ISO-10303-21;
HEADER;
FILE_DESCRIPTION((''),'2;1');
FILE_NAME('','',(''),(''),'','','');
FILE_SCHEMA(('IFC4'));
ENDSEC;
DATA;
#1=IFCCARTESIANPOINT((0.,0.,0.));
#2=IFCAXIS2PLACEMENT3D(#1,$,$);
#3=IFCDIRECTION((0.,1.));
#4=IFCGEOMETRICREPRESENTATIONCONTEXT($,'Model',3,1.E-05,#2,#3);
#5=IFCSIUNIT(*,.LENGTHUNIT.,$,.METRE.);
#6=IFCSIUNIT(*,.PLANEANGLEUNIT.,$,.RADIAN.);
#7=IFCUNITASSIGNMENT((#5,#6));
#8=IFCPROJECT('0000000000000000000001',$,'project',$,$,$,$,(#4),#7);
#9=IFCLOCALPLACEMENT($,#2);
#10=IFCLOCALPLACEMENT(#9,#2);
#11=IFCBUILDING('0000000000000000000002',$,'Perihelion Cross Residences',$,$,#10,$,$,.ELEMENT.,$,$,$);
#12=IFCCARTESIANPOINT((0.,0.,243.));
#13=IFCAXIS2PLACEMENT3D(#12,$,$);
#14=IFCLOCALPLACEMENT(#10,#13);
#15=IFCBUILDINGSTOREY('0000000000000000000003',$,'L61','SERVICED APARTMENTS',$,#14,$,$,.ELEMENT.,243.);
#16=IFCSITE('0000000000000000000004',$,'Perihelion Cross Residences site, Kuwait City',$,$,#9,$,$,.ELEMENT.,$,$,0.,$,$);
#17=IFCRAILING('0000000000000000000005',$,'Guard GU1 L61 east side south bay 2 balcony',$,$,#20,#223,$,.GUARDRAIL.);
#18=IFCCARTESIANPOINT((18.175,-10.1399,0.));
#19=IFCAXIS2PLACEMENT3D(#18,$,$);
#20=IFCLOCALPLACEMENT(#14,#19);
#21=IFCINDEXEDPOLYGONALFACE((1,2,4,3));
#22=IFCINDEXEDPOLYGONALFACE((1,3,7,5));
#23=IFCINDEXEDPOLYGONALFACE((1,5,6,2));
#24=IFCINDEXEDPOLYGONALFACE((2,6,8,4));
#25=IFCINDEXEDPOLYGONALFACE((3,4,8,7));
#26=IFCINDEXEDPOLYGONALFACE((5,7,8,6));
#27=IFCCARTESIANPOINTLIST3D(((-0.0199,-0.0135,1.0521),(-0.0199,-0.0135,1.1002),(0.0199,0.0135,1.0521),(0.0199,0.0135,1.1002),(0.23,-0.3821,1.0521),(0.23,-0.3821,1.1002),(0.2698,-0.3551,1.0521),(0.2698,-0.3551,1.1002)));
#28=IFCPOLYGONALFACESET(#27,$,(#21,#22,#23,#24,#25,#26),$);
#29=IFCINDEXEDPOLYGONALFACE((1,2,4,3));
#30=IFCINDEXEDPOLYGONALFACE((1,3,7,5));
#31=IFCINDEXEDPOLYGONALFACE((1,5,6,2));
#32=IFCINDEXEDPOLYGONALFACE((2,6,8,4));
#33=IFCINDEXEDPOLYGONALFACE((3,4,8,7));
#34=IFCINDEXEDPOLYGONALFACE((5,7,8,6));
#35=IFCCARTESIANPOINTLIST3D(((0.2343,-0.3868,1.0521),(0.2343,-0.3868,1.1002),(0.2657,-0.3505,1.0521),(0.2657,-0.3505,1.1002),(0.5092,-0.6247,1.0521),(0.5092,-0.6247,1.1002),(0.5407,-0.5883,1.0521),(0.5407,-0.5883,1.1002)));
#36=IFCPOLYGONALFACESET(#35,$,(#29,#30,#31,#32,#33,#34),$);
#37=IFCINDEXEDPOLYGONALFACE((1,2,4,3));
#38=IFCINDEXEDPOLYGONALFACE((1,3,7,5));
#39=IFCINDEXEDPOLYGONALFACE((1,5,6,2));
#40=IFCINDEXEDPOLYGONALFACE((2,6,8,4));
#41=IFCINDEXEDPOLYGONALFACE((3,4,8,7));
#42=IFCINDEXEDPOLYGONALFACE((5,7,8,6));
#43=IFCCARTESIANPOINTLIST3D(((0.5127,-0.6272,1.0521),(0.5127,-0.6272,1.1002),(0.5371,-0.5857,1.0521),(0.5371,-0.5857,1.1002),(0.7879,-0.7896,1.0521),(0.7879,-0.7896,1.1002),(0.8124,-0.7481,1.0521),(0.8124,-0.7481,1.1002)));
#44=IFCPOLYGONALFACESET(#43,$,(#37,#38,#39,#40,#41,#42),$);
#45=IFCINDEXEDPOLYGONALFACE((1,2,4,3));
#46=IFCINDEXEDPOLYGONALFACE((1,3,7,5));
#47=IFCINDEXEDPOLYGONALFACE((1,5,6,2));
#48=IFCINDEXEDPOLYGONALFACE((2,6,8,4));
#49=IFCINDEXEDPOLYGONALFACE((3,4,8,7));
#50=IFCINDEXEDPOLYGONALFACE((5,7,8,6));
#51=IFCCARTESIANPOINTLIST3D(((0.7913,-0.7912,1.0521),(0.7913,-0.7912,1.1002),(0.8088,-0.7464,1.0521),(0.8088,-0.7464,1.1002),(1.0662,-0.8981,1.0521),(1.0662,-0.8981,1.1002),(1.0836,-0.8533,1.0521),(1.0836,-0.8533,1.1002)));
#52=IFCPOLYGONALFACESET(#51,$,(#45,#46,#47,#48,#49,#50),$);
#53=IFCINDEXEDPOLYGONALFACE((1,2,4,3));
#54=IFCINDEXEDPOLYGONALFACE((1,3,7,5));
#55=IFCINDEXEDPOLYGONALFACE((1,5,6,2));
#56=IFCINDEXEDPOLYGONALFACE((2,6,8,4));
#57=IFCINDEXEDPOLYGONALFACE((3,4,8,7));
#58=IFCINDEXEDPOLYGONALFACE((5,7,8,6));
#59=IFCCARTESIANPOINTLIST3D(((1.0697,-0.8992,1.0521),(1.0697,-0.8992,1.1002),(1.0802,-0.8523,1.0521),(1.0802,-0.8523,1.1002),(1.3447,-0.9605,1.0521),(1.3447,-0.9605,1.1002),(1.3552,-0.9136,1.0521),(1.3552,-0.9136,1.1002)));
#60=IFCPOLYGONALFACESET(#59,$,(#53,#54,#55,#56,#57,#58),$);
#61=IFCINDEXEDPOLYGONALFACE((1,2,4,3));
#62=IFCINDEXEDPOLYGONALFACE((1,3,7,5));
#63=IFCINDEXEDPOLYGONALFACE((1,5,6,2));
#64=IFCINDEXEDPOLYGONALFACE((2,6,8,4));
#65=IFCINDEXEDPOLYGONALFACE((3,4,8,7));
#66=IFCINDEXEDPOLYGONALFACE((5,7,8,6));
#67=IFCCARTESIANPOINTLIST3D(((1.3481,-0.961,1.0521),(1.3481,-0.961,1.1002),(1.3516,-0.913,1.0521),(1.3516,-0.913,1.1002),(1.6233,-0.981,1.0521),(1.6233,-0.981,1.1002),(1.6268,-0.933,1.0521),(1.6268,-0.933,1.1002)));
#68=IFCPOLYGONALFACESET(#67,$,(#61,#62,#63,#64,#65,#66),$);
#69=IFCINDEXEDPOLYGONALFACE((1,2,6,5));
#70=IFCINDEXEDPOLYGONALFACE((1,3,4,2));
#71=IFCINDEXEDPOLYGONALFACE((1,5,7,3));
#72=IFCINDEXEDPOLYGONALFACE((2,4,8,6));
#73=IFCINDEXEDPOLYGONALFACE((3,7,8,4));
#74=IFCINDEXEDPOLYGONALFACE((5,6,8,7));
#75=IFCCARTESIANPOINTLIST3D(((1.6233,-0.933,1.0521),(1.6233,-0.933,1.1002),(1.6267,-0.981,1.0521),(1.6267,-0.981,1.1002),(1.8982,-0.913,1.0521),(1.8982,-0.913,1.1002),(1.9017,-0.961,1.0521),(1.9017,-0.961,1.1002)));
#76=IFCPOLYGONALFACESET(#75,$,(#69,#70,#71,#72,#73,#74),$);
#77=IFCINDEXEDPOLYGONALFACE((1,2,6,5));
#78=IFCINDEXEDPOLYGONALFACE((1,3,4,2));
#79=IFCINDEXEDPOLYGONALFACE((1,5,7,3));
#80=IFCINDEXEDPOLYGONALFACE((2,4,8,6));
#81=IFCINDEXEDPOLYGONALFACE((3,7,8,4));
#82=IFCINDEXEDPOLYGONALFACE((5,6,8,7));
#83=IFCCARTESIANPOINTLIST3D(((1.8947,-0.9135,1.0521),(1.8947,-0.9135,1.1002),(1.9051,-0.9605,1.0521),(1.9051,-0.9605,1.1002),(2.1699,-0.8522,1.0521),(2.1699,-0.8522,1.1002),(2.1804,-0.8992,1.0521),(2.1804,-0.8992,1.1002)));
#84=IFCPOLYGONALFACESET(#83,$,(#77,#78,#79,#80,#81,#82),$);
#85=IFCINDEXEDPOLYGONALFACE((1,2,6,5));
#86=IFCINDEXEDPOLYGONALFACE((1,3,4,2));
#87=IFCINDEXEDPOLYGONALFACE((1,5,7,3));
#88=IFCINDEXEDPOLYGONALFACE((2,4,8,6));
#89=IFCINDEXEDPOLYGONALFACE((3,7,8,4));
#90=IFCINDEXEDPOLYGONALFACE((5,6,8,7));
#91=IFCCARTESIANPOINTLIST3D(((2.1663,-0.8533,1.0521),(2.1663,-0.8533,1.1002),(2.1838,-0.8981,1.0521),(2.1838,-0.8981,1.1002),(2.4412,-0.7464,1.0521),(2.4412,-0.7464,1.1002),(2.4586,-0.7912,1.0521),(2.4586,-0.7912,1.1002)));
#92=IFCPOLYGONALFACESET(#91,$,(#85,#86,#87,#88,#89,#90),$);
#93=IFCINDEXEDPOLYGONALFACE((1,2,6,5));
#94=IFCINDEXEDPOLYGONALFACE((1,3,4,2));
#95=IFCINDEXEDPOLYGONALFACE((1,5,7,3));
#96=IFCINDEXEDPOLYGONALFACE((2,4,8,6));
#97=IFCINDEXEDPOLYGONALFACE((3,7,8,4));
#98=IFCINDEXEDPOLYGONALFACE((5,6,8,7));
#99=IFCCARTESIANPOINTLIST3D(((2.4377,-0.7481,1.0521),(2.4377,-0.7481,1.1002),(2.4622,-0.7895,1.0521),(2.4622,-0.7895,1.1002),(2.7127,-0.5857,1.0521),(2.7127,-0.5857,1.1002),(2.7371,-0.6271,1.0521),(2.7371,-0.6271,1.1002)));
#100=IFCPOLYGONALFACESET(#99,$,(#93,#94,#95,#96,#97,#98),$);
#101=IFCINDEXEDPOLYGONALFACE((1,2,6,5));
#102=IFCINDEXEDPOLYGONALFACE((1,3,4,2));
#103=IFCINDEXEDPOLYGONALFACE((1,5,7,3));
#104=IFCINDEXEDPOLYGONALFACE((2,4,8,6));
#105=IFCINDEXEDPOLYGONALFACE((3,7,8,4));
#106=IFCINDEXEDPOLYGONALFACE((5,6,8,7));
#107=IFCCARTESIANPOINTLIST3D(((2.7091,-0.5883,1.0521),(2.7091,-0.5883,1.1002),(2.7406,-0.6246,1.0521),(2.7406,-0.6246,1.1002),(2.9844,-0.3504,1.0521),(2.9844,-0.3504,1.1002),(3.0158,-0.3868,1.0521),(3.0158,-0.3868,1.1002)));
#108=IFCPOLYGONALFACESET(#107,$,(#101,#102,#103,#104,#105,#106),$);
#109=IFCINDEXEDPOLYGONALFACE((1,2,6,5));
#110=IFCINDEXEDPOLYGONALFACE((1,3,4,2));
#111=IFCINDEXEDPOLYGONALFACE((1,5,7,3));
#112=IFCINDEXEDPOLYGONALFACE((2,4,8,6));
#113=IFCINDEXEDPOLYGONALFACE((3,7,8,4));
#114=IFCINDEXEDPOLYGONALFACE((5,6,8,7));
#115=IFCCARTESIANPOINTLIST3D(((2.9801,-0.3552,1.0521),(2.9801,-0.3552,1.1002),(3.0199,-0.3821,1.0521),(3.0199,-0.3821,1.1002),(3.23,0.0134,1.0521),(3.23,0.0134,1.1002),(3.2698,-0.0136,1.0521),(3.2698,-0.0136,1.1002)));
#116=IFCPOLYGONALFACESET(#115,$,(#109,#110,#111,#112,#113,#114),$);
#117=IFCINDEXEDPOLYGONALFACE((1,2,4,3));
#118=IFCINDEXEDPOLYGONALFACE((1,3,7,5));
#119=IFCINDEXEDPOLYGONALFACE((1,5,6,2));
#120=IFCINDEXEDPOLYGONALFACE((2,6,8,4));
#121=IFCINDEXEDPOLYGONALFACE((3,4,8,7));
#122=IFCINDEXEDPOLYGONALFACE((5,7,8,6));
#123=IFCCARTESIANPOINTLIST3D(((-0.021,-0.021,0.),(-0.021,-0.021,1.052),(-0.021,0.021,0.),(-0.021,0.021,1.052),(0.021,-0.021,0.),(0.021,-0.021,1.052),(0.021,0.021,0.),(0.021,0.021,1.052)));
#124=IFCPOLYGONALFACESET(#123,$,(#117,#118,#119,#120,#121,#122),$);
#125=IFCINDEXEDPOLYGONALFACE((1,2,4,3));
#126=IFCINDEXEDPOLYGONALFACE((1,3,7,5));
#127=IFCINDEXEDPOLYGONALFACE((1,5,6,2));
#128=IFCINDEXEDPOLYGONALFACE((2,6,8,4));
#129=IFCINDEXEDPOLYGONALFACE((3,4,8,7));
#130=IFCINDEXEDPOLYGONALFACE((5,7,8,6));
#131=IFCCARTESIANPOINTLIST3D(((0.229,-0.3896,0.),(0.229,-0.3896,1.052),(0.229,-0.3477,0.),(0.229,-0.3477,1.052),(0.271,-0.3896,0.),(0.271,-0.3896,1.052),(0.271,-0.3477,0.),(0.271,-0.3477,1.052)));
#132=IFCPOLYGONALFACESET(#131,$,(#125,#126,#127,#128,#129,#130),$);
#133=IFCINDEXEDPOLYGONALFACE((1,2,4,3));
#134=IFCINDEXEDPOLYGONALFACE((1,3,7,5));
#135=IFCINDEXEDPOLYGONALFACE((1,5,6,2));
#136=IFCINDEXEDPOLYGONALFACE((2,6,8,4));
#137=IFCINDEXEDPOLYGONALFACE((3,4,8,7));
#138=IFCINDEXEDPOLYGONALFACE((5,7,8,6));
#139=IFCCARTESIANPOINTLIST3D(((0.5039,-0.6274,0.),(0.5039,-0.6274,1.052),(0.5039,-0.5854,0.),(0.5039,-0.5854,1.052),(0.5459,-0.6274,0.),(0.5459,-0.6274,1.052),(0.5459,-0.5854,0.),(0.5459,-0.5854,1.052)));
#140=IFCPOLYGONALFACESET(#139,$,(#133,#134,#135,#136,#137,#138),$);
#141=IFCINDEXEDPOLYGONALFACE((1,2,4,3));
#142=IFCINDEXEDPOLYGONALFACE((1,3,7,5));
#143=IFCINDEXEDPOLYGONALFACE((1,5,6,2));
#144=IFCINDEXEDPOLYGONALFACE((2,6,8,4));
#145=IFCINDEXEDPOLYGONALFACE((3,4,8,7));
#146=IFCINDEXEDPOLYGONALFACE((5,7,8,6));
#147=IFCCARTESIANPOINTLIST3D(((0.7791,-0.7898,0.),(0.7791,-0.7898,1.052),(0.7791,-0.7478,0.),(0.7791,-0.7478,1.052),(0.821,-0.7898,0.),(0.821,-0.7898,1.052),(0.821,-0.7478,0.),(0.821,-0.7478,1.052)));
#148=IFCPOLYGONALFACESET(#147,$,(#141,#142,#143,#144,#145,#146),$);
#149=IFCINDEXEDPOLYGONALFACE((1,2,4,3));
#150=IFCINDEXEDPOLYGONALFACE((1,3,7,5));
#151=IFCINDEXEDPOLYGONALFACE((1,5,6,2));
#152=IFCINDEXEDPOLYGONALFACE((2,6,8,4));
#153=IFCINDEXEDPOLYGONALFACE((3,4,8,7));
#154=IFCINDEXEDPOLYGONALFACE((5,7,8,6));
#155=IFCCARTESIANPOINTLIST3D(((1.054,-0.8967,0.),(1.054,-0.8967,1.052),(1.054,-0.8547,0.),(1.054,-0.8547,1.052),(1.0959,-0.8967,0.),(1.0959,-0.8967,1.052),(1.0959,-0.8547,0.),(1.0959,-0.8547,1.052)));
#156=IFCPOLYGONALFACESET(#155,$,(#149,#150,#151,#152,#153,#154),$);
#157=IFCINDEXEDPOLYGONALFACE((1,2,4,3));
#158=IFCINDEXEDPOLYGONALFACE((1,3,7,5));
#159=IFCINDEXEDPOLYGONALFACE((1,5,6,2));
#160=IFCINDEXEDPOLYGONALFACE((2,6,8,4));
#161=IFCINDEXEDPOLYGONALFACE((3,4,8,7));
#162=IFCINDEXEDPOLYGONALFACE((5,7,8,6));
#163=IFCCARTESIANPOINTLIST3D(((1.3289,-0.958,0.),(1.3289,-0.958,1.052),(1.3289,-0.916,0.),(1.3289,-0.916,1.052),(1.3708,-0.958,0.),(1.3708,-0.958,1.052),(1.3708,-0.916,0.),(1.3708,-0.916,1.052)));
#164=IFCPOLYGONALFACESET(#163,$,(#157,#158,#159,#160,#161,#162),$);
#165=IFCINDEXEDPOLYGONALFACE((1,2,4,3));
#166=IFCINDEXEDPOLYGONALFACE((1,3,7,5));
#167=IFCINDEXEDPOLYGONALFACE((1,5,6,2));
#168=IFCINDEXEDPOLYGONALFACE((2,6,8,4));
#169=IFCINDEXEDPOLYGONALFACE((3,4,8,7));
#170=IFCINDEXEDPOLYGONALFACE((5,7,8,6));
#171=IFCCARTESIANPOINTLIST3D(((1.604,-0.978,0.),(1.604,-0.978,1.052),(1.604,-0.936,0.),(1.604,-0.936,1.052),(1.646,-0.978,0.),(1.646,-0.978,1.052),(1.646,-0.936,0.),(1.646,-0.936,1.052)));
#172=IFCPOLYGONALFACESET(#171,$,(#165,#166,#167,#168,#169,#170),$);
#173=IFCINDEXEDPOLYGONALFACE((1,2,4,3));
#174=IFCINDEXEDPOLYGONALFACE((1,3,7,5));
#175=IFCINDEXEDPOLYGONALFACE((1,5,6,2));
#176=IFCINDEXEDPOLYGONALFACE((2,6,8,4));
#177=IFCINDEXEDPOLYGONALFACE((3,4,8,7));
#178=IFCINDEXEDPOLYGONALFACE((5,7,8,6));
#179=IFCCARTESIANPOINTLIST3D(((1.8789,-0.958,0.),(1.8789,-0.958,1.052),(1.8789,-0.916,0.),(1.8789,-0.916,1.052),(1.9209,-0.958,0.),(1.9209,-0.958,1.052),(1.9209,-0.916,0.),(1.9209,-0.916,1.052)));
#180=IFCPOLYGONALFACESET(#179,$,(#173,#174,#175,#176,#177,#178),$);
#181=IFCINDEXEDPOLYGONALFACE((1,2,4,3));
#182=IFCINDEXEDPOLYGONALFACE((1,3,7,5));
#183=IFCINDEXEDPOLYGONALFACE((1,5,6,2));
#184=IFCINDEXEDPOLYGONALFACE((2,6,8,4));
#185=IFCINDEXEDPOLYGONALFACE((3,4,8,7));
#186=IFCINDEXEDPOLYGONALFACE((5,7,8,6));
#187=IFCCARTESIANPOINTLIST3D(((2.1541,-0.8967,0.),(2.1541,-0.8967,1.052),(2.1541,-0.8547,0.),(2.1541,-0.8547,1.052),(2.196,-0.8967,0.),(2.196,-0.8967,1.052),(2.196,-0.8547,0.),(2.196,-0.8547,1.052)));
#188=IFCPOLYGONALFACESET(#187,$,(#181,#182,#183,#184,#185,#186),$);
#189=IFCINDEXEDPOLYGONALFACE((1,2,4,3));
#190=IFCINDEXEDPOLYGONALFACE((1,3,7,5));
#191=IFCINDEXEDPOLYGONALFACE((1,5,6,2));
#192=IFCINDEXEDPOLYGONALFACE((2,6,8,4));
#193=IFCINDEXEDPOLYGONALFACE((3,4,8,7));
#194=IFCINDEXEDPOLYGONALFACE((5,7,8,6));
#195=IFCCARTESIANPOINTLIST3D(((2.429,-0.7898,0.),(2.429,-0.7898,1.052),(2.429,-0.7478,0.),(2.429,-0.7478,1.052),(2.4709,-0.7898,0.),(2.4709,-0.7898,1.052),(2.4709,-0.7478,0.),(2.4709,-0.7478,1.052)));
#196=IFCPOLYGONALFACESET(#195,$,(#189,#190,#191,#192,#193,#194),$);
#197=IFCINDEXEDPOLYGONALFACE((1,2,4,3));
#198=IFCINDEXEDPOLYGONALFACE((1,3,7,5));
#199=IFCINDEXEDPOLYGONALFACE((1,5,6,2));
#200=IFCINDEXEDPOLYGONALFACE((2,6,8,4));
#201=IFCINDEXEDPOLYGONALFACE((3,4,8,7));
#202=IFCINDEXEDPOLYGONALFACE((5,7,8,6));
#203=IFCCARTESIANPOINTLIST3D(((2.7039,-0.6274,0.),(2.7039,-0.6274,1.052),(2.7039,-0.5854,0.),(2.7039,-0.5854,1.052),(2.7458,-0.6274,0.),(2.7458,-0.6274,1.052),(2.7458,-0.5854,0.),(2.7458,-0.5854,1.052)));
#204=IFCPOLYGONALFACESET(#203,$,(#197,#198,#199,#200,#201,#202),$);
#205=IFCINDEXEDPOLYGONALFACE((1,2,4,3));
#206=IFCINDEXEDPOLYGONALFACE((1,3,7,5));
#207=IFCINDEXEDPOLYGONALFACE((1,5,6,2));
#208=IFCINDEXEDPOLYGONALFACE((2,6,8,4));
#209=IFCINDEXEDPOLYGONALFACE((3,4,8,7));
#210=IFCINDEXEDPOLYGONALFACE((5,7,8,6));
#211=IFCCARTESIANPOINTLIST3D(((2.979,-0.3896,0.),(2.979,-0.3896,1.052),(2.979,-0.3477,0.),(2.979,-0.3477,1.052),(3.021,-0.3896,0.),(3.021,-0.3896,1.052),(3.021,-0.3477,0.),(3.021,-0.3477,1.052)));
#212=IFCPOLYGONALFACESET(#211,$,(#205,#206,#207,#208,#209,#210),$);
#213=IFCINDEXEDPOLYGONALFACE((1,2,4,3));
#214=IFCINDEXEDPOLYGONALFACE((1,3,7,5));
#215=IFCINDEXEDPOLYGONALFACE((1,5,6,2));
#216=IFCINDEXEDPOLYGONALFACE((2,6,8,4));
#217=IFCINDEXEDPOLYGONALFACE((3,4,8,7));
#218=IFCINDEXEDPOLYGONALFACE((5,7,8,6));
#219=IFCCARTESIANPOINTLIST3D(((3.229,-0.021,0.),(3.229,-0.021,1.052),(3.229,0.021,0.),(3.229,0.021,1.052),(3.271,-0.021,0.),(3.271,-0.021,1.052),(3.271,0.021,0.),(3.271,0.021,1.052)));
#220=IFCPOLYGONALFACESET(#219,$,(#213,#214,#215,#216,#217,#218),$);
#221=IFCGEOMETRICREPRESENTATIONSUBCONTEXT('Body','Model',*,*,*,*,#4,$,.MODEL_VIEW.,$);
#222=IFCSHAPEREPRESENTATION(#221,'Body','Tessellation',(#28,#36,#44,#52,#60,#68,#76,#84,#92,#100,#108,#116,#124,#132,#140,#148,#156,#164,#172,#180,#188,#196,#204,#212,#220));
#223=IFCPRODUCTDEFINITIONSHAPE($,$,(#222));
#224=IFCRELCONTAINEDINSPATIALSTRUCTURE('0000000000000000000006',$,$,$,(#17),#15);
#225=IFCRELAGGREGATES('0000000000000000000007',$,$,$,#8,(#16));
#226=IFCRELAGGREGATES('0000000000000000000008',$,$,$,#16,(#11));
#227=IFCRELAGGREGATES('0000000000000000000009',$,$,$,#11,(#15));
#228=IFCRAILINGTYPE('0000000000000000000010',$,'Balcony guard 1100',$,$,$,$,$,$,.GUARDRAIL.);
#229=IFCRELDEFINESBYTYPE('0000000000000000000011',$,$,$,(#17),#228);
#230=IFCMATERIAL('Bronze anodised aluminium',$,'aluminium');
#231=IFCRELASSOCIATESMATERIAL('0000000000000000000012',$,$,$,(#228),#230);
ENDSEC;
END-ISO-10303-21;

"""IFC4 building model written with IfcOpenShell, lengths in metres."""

from ifc_helpers import new_model, si_unit, direction, frame, origin, origin_2d, place, context, subcontext, project, spatial, rectangle, extrude, material, type_object, element, save


model = new_model("IFC4")

# Units and contexts
model_context = context("Model", 3, precision=1e-05, world=origin(), true_north=direction((0.0, 1.0)))
body_context = subcontext(model_context, "Body", "Model", "MODEL_VIEW")
ifc_project = project(units=[si_unit("LENGTHUNIT", "METRE"), si_unit("PLANEANGLEUNIT", "RADIAN")], contexts=[model_context])

# Site, building, storey
site_placement = place(None, origin())
site = spatial("IfcSite", under=ifc_project, at=site_placement, Name="Perihelion Cross Residences site, Kuwait City", CompositionType="ELEMENT", RefElevation=0.0)
building_placement = place(site_placement, origin())
building = spatial("IfcBuilding", under=site, at=building_placement, Name="Perihelion Cross Residences", CompositionType="ELEMENT")
storey_placement = place(building_placement, frame((0.0, 0.0, 243.0)))
storey = spatial("IfcBuildingStorey", under=building, at=storey_placement, Name="L61", Description="SERVICED APARTMENTS", CompositionType="ELEMENT", Elevation=243.0)

# Railing
ifc_material_1 = material(Name="Bronze anodised aluminium", Category="aluminium")
railing_type = type_object("IfcRailingType", Name="Balcony guard 1100", PredefinedType="GUARDRAIL", material=ifc_material_1)
railing_placement = place(storey_placement, frame((18.175, -10.1399, 0.0)))
element("IfcRailing", 1, at=railing_placement, inside=storey, type_object=railing_type, Name="Guard GU1 L61 east side south bay 2 balcony", PredefinedType="GUARDRAIL", context=body_context, shape_type="SweptSolid", body=[
    extrude(rectangle(XDim=0.0481, YDim=0.0481, at=origin_2d()), frame((0.0, 0.0, 1.0762), z_axis=(0.56126, -0.827639, 0.0), x_axis=(0.827639, 0.56126, 0.0)), (0.0, 0.0, 1.0), 0.4453),
    extrude(rectangle(XDim=0.0481, YDim=0.0481, at=origin_2d()), frame((0.25, -0.3687, 1.0762), z_axis=(0.756309, -0.654214, 0.0), x_axis=(0.654214, 0.756309, 0.0)), (0.0, 0.0, 1.0), 0.3635),
    extrude(rectangle(XDim=0.0481, YDim=0.0481, at=origin_2d()), frame((0.5249, -0.6064, 1.0762), z_axis=(0.861246, -0.508189, 0.0), x_axis=(0.508189, 0.861246, 0.0)), (0.0, 0.0, 1.0), 0.3196),
    extrude(rectangle(XDim=0.0481, YDim=0.0481, at=origin_2d()), frame((0.8, -0.7688, 1.0762), z_axis=(0.931974, -0.362526, 0.0), x_axis=(0.362526, 0.931974, 0.0)), (0.0, 0.0, 1.0), 0.2949),
    extrude(rectangle(XDim=0.0481, YDim=0.0481, at=origin_2d()), frame((1.075, -0.8757, 1.0762), z_axis=(0.976044, -0.217573, 0.0), x_axis=(0.217573, 0.976044, 0.0)), (0.0, 0.0, 1.0), 0.2817),
    extrude(rectangle(XDim=0.0481, YDim=0.0481, at=origin_2d()), frame((1.3499, -0.937, 1.0762), z_axis=(0.997363, -0.072568, 0.0), x_axis=(0.072568, 0.997363, 0.0)), (0.0, 0.0, 1.0), 0.2759),
    extrude(rectangle(XDim=0.0481, YDim=0.0481, at=origin_2d()), frame((1.625, -0.957, 1.0762), z_axis=(0.997359, 0.072632, 0.0), x_axis=(-0.072632, 0.997359, 0.0)), (0.0, 0.0, 1.0), 0.2756),
    extrude(rectangle(XDim=0.0481, YDim=0.0481, at=origin_2d()), frame((1.8999, -0.937, 1.0762), z_axis=(0.976085, 0.217389, 0.0), x_axis=(-0.217389, 0.976085, 0.0)), (0.0, 0.0, 1.0), 0.282),
    extrude(rectangle(XDim=0.0481, YDim=0.0481, at=origin_2d()), frame((2.175, -0.8757, 1.0762), z_axis=(0.931974, 0.362526, 0.0), x_axis=(-0.362526, 0.931974, 0.0)), (0.0, 0.0, 1.0), 0.2949),
    extrude(rectangle(XDim=0.0481, YDim=0.0481, at=origin_2d()), frame((2.45, -0.7688, 1.0762), z_axis=(0.861048, 0.508523, 0.0), x_axis=(-0.508523, 0.861048, 0.0)), (0.0, 0.0, 1.0), 0.3193),
    extrude(rectangle(XDim=0.0481, YDim=0.0481, at=origin_2d()), frame((2.7249, -0.6064, 1.0762), z_axis=(0.756597, 0.653882, 0.0), x_axis=(-0.653882, 0.756597, 0.0)), (0.0, 0.0, 1.0), 0.3638),
    extrude(rectangle(XDim=0.0481, YDim=0.0481, at=origin_2d()), frame((3.0, -0.3687, 1.0762), z_axis=(0.56126, 0.827639, 0.0), x_axis=(-0.827639, 0.56126, 0.0)), (0.0, 0.0, 1.0), 0.4453),
    extrude(rectangle(XDim=0.042, YDim=0.042, at=origin_2d()), origin(), (0.0, 0.0, 1.0), 1.052),
    extrude(rectangle(XDim=0.042, YDim=0.042, at=origin_2d()), frame((0.25, -0.3687, 0.0)), (0.0, 0.0, 1.0), 1.052),
    extrude(rectangle(XDim=0.042, YDim=0.042, at=origin_2d()), frame((0.5249, -0.6064, 0.0)), (0.0, 0.0, 1.0), 1.052),
    extrude(rectangle(XDim=0.042, YDim=0.042, at=origin_2d()), frame((0.8, -0.7688, 0.0)), (0.0, 0.0, 1.0), 1.052),
    extrude(rectangle(XDim=0.042, YDim=0.042, at=origin_2d()), frame((1.075, -0.8757, 0.0)), (0.0, 0.0, 1.0), 1.052),
    extrude(rectangle(XDim=0.042, YDim=0.042, at=origin_2d()), frame((1.3499, -0.937, 0.0)), (0.0, 0.0, 1.0), 1.052),
    extrude(rectangle(XDim=0.042, YDim=0.042, at=origin_2d()), frame((1.625, -0.957, 0.0)), (0.0, 0.0, 1.0), 1.052),
    extrude(rectangle(XDim=0.042, YDim=0.042, at=origin_2d()), frame((1.8999, -0.937, 0.0)), (0.0, 0.0, 1.0), 1.052),
    extrude(rectangle(XDim=0.042, YDim=0.042, at=origin_2d()), frame((2.175, -0.8757, 0.0)), (0.0, 0.0, 1.0), 1.052),
    extrude(rectangle(XDim=0.042, YDim=0.042, at=origin_2d()), frame((2.45, -0.7688, 0.0)), (0.0, 0.0, 1.0), 1.052),
    extrude(rectangle(XDim=0.042, YDim=0.042, at=origin_2d()), frame((2.7249, -0.6064, 0.0)), (0.0, 0.0, 1.0), 1.052),
    extrude(rectangle(XDim=0.042, YDim=0.042, at=origin_2d()), frame((3.0, -0.3687, 0.0)), (0.0, 0.0, 1.0), 1.052),
    extrude(rectangle(XDim=0.042, YDim=0.042, at=origin_2d()), frame((3.25, 0.0, 0.0)), (0.0, 0.0, 1.0), 1.052),
])

save(model, "model.ifc")
